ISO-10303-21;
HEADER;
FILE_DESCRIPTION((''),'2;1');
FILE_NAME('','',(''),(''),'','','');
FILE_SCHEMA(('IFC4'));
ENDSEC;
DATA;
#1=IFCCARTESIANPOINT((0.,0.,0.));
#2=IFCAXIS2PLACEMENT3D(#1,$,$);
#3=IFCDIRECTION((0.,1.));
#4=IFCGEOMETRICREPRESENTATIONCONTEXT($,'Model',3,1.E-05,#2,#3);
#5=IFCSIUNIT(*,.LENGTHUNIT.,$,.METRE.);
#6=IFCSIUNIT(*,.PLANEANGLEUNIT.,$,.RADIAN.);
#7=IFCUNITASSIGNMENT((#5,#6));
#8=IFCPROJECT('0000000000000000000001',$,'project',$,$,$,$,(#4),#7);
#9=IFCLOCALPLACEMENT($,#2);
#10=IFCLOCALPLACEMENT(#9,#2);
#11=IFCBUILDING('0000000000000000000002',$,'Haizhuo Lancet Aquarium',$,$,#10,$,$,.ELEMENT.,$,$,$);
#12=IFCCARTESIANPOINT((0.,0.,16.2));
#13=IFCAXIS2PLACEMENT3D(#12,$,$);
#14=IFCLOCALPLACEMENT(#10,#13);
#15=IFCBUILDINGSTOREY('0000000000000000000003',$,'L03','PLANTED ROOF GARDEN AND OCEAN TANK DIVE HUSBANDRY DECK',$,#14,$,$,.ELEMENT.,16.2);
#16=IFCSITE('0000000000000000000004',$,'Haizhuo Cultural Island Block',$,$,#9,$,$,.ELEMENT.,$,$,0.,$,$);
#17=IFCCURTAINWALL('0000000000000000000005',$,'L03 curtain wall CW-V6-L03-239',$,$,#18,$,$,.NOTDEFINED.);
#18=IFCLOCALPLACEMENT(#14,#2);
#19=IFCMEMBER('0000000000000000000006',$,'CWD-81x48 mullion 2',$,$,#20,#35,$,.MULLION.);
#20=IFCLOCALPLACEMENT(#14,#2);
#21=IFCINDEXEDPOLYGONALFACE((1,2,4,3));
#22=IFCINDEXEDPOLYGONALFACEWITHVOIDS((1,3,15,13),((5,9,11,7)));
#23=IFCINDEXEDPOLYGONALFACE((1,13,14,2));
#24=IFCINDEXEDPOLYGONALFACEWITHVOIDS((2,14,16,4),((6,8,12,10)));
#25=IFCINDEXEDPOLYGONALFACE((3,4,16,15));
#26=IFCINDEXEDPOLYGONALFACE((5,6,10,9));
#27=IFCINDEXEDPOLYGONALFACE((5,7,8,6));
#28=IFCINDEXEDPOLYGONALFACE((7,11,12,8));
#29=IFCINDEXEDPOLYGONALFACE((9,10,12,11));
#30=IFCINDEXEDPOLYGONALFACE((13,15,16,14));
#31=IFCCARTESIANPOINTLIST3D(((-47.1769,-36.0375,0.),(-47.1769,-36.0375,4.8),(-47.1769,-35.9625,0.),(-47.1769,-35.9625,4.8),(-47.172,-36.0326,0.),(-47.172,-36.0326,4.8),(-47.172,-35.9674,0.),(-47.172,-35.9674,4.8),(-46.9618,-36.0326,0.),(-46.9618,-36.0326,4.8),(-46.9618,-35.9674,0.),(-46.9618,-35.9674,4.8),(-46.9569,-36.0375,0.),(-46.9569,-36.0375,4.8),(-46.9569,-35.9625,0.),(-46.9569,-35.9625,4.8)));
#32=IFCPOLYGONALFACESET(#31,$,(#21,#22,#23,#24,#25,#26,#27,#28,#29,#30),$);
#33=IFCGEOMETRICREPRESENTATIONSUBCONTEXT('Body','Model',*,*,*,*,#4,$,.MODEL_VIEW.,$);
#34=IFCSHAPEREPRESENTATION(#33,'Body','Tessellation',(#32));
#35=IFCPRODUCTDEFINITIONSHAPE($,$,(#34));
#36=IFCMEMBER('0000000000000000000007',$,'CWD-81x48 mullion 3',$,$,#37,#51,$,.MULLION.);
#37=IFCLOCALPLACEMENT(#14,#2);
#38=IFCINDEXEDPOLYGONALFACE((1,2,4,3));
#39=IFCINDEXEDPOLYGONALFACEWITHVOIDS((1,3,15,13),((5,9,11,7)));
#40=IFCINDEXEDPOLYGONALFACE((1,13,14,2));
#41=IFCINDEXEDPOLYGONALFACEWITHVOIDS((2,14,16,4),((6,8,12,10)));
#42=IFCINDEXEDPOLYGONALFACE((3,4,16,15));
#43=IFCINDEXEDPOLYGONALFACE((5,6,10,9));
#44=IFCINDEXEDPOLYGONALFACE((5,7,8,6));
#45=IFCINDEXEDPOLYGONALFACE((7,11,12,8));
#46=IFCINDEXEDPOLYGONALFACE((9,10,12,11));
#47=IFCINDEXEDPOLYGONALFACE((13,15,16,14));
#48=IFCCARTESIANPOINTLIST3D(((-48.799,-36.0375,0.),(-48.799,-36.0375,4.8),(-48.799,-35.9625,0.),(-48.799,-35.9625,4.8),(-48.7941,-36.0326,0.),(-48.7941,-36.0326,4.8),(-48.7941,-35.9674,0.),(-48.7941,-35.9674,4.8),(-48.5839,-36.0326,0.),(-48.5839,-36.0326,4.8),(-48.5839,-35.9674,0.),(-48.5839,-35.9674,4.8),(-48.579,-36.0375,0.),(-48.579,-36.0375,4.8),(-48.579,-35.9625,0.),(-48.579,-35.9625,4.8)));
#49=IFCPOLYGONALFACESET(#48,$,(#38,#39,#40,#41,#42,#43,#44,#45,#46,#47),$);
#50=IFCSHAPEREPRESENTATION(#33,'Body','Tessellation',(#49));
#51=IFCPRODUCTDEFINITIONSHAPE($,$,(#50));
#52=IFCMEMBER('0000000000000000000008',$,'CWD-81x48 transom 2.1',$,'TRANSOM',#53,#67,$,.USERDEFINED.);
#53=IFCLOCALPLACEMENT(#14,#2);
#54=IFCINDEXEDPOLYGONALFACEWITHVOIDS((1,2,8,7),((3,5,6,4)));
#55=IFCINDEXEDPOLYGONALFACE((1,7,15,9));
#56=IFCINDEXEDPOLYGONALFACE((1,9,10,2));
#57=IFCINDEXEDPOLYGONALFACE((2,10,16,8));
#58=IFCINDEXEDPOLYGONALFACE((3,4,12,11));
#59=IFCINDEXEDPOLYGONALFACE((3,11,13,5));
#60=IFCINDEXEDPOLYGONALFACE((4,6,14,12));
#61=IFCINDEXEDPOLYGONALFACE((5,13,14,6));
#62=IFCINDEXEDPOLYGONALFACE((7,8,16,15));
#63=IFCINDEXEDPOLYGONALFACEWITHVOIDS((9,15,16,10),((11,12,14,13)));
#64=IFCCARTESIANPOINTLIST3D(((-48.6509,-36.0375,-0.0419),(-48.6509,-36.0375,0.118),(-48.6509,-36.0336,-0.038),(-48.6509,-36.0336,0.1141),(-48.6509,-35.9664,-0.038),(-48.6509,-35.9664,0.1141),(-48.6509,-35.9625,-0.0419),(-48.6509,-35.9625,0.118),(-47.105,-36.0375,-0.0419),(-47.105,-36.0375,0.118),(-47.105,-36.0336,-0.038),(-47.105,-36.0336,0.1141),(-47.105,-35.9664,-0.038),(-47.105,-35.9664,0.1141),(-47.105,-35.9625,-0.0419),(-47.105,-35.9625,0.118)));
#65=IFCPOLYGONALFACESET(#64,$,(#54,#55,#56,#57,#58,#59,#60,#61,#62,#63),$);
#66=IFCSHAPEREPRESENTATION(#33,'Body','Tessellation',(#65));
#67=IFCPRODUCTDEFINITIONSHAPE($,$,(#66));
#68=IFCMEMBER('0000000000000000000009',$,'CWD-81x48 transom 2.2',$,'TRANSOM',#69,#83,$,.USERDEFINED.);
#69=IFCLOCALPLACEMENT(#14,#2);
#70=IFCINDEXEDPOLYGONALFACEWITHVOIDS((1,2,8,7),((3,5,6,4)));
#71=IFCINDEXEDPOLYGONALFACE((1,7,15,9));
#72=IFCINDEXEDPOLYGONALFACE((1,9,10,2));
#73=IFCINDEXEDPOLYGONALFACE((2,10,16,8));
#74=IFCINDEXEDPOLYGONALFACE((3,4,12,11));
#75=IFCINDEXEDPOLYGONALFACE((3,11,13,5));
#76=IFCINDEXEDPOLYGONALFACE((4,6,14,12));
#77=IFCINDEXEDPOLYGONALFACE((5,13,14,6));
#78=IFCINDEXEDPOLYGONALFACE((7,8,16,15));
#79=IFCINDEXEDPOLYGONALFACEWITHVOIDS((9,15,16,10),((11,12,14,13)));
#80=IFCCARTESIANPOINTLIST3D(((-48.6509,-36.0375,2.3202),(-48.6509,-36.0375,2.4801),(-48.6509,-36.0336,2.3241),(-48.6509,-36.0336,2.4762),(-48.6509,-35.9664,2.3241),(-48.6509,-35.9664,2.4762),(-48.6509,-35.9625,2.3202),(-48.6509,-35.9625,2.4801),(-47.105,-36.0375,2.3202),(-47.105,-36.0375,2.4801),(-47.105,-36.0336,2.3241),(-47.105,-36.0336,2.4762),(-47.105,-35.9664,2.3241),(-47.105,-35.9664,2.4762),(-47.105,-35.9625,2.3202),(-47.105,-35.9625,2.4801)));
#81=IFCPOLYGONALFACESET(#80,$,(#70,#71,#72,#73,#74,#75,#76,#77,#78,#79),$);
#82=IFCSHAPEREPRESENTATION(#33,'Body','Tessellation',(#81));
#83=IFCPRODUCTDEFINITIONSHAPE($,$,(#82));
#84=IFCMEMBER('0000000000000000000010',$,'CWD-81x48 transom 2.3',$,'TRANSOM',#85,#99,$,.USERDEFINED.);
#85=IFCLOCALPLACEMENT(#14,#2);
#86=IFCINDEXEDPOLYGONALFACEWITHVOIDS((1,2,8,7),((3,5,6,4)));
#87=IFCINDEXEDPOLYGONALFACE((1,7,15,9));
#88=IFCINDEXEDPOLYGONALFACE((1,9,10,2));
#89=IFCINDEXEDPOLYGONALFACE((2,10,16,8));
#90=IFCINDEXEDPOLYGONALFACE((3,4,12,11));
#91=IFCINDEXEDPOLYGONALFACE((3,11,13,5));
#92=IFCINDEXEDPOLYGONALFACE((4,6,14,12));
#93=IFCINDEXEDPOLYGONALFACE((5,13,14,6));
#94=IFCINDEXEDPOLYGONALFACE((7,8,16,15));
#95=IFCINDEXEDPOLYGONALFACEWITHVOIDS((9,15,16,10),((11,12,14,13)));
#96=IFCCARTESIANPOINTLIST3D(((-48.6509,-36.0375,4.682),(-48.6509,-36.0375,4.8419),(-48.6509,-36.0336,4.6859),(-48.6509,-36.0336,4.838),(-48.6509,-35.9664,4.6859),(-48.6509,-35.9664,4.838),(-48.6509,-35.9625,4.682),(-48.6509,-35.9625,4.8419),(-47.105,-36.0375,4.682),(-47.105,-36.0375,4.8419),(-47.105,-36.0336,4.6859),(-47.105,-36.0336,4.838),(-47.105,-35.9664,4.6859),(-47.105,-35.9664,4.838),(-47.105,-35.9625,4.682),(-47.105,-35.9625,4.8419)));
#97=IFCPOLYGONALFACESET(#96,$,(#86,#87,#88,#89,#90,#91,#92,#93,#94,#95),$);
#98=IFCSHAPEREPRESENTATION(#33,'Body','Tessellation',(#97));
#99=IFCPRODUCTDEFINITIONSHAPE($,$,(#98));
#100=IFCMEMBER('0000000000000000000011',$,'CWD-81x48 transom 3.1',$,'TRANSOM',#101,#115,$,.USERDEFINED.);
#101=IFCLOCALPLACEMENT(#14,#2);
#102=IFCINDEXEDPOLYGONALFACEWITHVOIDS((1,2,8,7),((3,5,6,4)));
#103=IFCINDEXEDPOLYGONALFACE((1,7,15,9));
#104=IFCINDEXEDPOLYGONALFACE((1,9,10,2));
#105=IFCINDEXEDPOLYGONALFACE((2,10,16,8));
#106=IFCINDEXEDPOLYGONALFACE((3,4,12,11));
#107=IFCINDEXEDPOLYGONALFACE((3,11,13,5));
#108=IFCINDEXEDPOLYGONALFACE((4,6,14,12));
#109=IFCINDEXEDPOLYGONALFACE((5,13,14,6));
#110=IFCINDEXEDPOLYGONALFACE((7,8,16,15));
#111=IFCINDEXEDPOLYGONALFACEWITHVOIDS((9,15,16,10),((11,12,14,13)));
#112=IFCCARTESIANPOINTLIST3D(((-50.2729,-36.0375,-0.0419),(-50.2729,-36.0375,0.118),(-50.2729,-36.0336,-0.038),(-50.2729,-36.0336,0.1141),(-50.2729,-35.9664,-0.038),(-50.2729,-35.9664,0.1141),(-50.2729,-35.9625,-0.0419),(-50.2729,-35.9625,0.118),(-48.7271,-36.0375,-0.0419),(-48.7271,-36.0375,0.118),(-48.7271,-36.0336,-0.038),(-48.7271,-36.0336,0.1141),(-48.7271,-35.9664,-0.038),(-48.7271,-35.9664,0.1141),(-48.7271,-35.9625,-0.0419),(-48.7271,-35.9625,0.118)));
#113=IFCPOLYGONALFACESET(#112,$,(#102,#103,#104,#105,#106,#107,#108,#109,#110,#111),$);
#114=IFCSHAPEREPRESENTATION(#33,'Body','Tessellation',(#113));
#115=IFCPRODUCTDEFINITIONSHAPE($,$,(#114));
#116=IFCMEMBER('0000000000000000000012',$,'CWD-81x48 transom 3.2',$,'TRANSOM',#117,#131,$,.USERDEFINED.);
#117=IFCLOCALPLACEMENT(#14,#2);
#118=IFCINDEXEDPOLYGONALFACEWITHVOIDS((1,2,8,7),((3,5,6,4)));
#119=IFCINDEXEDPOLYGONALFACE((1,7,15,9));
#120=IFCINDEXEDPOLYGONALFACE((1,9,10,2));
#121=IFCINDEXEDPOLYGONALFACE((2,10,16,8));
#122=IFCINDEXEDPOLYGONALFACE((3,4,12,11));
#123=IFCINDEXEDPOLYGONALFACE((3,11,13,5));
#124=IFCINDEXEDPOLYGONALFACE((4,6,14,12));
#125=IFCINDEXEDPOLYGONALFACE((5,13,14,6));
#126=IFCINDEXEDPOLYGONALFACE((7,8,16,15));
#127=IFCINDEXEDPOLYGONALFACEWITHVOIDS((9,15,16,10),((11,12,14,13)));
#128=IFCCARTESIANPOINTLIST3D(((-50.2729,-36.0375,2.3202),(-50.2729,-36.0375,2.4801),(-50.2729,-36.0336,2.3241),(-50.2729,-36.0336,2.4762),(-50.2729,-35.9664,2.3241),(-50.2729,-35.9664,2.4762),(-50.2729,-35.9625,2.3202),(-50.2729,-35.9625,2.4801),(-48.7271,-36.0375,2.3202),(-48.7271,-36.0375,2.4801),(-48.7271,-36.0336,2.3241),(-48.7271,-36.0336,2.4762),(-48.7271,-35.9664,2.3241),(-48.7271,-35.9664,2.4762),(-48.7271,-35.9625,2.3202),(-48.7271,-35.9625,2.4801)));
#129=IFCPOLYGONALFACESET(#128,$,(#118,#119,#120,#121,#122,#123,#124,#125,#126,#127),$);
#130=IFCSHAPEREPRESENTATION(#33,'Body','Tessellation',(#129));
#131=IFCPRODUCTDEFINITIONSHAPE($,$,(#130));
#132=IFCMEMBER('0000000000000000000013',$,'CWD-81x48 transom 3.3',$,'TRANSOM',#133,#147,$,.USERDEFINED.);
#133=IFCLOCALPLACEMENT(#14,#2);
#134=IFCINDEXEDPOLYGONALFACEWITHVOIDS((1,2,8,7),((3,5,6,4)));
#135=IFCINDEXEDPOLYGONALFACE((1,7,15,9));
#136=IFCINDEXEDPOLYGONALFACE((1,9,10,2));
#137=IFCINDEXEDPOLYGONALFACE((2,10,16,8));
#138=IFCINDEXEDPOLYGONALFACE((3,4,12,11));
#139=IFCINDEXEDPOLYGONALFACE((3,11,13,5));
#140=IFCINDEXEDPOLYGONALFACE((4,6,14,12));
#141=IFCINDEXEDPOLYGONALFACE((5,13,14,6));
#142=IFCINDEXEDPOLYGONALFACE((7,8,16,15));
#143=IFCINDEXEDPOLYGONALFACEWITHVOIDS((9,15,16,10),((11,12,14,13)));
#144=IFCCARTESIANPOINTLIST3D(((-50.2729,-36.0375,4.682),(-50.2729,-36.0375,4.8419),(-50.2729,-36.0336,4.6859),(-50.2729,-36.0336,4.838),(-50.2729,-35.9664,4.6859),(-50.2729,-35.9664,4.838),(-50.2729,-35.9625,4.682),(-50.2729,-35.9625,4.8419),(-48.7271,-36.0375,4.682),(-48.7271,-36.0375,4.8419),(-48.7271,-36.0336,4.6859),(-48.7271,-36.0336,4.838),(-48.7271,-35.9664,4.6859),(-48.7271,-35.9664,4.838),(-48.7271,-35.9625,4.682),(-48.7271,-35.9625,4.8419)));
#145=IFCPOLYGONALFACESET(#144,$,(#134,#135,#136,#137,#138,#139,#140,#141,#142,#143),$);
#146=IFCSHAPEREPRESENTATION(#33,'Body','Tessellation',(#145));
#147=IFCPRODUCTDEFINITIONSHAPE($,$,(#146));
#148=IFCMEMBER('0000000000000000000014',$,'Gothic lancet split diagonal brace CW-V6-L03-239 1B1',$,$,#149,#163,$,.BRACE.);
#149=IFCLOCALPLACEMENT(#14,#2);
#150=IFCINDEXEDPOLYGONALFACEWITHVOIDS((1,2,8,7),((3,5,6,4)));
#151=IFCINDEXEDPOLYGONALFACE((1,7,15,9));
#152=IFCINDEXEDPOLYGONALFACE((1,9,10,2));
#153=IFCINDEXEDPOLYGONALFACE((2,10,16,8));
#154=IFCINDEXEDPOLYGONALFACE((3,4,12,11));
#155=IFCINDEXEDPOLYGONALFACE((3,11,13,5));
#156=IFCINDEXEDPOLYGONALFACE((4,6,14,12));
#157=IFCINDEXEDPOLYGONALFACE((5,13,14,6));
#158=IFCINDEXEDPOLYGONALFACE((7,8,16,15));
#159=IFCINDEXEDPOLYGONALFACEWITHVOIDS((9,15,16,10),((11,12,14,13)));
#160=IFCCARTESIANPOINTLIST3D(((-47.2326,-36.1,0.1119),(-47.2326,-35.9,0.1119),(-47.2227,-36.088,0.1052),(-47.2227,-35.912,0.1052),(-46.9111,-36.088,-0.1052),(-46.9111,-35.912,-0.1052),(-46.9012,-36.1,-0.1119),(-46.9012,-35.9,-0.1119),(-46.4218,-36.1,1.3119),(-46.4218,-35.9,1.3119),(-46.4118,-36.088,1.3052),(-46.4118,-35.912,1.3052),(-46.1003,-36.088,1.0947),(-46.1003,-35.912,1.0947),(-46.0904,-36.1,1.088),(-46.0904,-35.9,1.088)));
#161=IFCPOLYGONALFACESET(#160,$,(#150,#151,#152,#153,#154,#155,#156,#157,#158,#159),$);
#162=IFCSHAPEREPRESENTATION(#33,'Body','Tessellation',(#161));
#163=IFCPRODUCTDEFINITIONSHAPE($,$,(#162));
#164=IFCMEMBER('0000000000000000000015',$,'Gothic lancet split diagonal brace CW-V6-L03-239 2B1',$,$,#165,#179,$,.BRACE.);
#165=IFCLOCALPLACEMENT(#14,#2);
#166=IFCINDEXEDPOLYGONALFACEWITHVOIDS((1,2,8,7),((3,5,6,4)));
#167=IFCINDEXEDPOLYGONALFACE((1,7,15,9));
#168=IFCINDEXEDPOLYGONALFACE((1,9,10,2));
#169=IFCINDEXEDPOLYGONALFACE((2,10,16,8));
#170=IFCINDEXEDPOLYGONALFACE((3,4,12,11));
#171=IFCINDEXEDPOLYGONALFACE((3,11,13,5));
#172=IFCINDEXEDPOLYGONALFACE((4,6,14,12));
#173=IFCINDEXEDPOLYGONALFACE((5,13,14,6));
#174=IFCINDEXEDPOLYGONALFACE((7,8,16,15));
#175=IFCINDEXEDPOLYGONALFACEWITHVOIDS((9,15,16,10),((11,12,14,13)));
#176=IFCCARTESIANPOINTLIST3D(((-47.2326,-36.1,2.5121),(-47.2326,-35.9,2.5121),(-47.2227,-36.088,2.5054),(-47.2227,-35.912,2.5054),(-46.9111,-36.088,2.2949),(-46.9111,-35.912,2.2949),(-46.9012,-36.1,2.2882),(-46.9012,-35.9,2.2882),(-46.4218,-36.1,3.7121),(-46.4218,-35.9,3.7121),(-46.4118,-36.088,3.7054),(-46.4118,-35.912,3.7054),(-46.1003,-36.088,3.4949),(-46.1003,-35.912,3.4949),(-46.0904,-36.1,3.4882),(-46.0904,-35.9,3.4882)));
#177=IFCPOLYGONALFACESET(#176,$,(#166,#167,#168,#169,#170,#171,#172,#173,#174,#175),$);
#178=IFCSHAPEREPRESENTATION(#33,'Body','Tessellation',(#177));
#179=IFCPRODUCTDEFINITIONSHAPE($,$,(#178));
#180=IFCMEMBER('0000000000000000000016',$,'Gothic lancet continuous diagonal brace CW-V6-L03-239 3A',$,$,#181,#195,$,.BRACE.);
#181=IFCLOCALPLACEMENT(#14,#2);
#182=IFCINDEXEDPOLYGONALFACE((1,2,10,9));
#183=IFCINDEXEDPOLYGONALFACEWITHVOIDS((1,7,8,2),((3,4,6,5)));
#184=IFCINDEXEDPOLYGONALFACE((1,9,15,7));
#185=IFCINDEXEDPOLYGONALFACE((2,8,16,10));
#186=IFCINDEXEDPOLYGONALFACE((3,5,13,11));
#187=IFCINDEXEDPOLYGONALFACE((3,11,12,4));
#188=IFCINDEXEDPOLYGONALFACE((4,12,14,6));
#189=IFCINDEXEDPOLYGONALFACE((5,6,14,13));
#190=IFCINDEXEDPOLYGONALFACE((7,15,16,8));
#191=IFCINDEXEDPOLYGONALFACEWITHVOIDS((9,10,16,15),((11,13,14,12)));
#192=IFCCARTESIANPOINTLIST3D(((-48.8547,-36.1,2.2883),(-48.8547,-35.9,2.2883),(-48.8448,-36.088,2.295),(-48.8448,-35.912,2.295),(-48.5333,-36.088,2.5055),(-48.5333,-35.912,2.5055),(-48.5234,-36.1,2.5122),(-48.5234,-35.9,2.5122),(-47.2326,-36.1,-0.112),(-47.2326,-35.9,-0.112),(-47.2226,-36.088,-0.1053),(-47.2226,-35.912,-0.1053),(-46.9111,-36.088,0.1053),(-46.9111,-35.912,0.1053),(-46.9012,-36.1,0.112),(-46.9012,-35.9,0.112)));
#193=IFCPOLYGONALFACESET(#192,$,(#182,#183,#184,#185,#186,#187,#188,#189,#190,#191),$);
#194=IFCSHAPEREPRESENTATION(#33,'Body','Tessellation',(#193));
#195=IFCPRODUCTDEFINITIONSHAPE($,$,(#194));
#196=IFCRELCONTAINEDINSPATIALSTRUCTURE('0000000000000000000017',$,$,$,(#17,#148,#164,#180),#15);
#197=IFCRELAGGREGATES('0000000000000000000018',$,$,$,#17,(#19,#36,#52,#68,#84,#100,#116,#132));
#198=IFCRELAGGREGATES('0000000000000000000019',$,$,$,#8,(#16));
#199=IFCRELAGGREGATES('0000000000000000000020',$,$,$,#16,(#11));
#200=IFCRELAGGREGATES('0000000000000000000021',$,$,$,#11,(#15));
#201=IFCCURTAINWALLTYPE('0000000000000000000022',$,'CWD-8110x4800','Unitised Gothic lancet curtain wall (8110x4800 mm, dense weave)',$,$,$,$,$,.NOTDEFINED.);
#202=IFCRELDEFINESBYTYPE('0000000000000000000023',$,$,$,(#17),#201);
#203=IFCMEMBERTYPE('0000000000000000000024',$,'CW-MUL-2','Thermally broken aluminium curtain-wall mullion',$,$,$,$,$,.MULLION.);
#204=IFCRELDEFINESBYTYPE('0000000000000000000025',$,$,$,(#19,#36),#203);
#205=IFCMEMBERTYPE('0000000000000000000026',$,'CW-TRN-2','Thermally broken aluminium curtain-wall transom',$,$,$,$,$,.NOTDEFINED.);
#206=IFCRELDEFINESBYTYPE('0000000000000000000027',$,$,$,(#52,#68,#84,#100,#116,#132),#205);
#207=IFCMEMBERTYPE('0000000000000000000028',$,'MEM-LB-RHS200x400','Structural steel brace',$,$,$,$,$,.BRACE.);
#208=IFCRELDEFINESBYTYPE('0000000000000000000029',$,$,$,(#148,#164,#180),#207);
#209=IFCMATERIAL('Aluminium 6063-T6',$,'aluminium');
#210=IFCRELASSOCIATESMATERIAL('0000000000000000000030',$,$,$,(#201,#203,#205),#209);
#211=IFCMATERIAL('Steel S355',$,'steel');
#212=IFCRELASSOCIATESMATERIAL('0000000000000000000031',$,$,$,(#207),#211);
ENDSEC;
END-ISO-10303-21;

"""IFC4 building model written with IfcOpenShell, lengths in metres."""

from ifc_helpers import new_model, si_unit, direction, frame, origin, origin_2d, place, context, subcontext, project, spatial, hollow_rectangle, extrude, material, material_profile, profile_set, type_object, element, aggregate, save


model = new_model("IFC4")

# Units and contexts
model_context = context("Model", 3, precision=1e-05, world=origin(), true_north=direction((0.0, 1.0)))
body_context = subcontext(model_context, "Body", "Model", "MODEL_VIEW")
ifc_project = project(units=[si_unit("LENGTHUNIT", "METRE"), si_unit("PLANEANGLEUNIT", "RADIAN")], contexts=[model_context])

# Site, building, storey
site_placement = place(None, origin())
site = spatial("IfcSite", under=ifc_project, at=site_placement, Name="Haizhuo Cultural Island Block", CompositionType="ELEMENT", RefElevation=0.0)
building_placement = place(site_placement, origin())
building = spatial("IfcBuilding", under=site, at=building_placement, Name="Haizhuo Lancet Aquarium", CompositionType="ELEMENT")
storey_placement = place(building_placement, frame((0.0, 0.0, 16.2)))
storey = spatial("IfcBuildingStorey", under=building, at=storey_placement, Name="L03", Description="PLANTED ROOF GARDEN AND OCEAN TANK DIVE HUSBANDRY DECK", CompositionType="ELEMENT", Elevation=16.2)

# Curtain wall, members
ifc_material_1 = material(Name="Aluminium 6063-T6", Category="aluminium")
curtain_wall_type = type_object("IfcCurtainWallType", Name="CWD-8110x4800", Description="Unitised Gothic lancet curtain wall (8110x4800 mm, dense weave)", PredefinedType="NOTDEFINED", material=ifc_material_1)
curtain_wall_placement = place(storey_placement, origin())
curtain_wall = element("IfcCurtainWall", 1, at=curtain_wall_placement, inside=storey, type_object=curtain_wall_type, Name="L03 curtain wall CW-V6-L03-239", PredefinedType="NOTDEFINED")
ifc_material_profile_1 = material_profile(ifc_material_1, hollow_rectangle(XDim=0.075, YDim=0.22, WallThickness=0.0049, at=origin_2d()), Name="ALU-M 75x220x5")
ifc_profile_set_1 = profile_set([ifc_material_profile_1], Name="Aluminium 6063-T6")
member_type_1 = type_object("IfcMemberType", Name="CW-MUL-2", Description="Thermally broken aluminium curtain-wall mullion", PredefinedType="MULLION", material=ifc_profile_set_1)
member_1_placement = place(storey_placement, frame((-47.0669, -36.0, 0.0), z_axis=(0.0, 0.0, 1.0), x_axis=(0.0, -1.0, 0.0)))
member_1 = element("IfcMember", 2, at=member_1_placement, type_object=member_type_1, Name="CWD-81x48 mullion 2", PredefinedType="MULLION", context=body_context, shape_type="SweptSolid", body=[
    extrude(hollow_rectangle(XDim=0.075, YDim=0.22, WallThickness=0.0049, at=origin_2d()), origin(), (0.0, 0.0, 1.0), 4.8),
])
member_2_placement = place(storey_placement, frame((-48.689, -36.0, 0.0), z_axis=(0.0, 0.0, 1.0), x_axis=(0.0, -1.0, 0.0)))
member_2 = element("IfcMember", 3, at=member_2_placement, type_object=member_type_1, Name="CWD-81x48 mullion 3", PredefinedType="MULLION", context=body_context, shape_type="SweptSolid", body=[
    extrude(hollow_rectangle(XDim=0.075, YDim=0.22, WallThickness=0.0049, at=origin_2d()), origin(), (0.0, 0.0, 1.0), 4.8),
])
ifc_material_profile_2 = material_profile(ifc_material_1, hollow_rectangle(XDim=0.075, YDim=0.1599, WallThickness=0.0039, at=origin_2d()), Name="ALU-T 75x160x4")
ifc_profile_set_2 = profile_set([ifc_material_profile_2], Name="Aluminium 6063-T6")
member_type_2 = type_object("IfcMemberType", Name="CW-TRN-2", Description="Thermally broken aluminium curtain-wall transom", PredefinedType="NOTDEFINED", material=ifc_profile_set_2)
member_3_placement = place(storey_placement, frame((-47.105, -36.0, 0.0381), z_axis=(-1.0, 0.0, 0.0), x_axis=(0.0, -1.0, 0.0)))
member_3 = element("IfcMember", 4, at=member_3_placement, type_object=member_type_2, Name="CWD-81x48 transom 2.1", ObjectType="TRANSOM", PredefinedType="USERDEFINED", context=body_context, shape_type="SweptSolid", body=[
    extrude(hollow_rectangle(XDim=0.075, YDim=0.1599, WallThickness=0.0039, at=origin_2d()), origin(), (0.0, 0.0, 1.0), 1.5459),
])
member_4_placement = place(storey_placement, frame((-47.105, -36.0, 2.4001), z_axis=(-1.0, 0.0, 0.0), x_axis=(0.0, -1.0, 0.0)))
member_4 = element("IfcMember", 5, at=member_4_placement, type_object=member_type_2, Name="CWD-81x48 transom 2.2", ObjectType="TRANSOM", PredefinedType="USERDEFINED", context=body_context, shape_type="SweptSolid", body=[
    extrude(hollow_rectangle(XDim=0.075, YDim=0.1599, WallThickness=0.0039, at=origin_2d()), origin(), (0.0, 0.0, 1.0), 1.5459),
])
member_5_placement = place(storey_placement, frame((-47.105, -36.0, 4.762), z_axis=(-1.0, 0.0, 0.0), x_axis=(0.0, -1.0, 0.0)))
member_5 = element("IfcMember", 6, at=member_5_placement, type_object=member_type_2, Name="CWD-81x48 transom 2.3", ObjectType="TRANSOM", PredefinedType="USERDEFINED", context=body_context, shape_type="SweptSolid", body=[
    extrude(hollow_rectangle(XDim=0.075, YDim=0.1599, WallThickness=0.0039, at=origin_2d()), origin(), (0.0, 0.0, 1.0), 1.5459),
])
member_6_placement = place(storey_placement, frame((-48.7271, -36.0, 0.0381), z_axis=(-1.0, 0.0, 0.0), x_axis=(0.0, -1.0, 0.0)))
member_6 = element("IfcMember", 7, at=member_6_placement, type_object=member_type_2, Name="CWD-81x48 transom 3.1", ObjectType="TRANSOM", PredefinedType="USERDEFINED", context=body_context, shape_type="SweptSolid", body=[
    extrude(hollow_rectangle(XDim=0.075, YDim=0.1599, WallThickness=0.0039, at=origin_2d()), origin(), (0.0, 0.0, 1.0), 1.5459),
])
member_7_placement = place(storey_placement, frame((-48.7271, -36.0, 2.4001), z_axis=(-1.0, 0.0, 0.0), x_axis=(0.0, -1.0, 0.0)))
member_7 = element("IfcMember", 8, at=member_7_placement, type_object=member_type_2, Name="CWD-81x48 transom 3.2", ObjectType="TRANSOM", PredefinedType="USERDEFINED", context=body_context, shape_type="SweptSolid", body=[
    extrude(hollow_rectangle(XDim=0.075, YDim=0.1599, WallThickness=0.0039, at=origin_2d()), origin(), (0.0, 0.0, 1.0), 1.5459),
])
member_8_placement = place(storey_placement, frame((-48.7271, -36.0, 4.762), z_axis=(-1.0, 0.0, 0.0), x_axis=(0.0, -1.0, 0.0)))
member_8 = element("IfcMember", 9, at=member_8_placement, type_object=member_type_2, Name="CWD-81x48 transom 3.3", ObjectType="TRANSOM", PredefinedType="USERDEFINED", context=body_context, shape_type="SweptSolid", body=[
    extrude(hollow_rectangle(XDim=0.075, YDim=0.1599, WallThickness=0.0039, at=origin_2d()), origin(), (0.0, 0.0, 1.0), 1.5459),
])

# Members
ifc_material_2 = material(Name="Steel S355", Category="steel")
ifc_material_profile_3 = material_profile(ifc_material_2, hollow_rectangle(XDim=0.2, YDim=0.3999, WallThickness=0.012, at=origin_2d()), Name="RHS 200x400x12")
ifc_profile_set_3 = profile_set([ifc_material_profile_3], Name="Steel S355")
member_type_3 = type_object("IfcMemberType", Name="MEM-LB-RHS200x400", Description="Structural steel brace", PredefinedType="BRACE", material=ifc_profile_set_3)
for number, where, z_axis, x_axis, name in (
    (10, (-47.0669, -36.0, 0.0), (0.559864, 0.0, 0.828585), (0.0, 1.0, 0.0), "Gothic lancet split diagonal brace CW-V6-L03-239 1B1"),
    (11, (-47.0669, -36.0, 2.4001), (0.559864, 0.0, 0.828585), (0.0, 1.0, 0.0), "Gothic lancet split diagonal brace CW-V6-L03-239 2B1"),
):
    element("IfcMember", number, at=place(storey_placement, frame(where, z_axis=z_axis, x_axis=x_axis)), inside=storey, type_object=member_type_3, Name=name, PredefinedType="BRACE", context=body_context, shape_type="SweptSolid", body=[
        extrude(hollow_rectangle(XDim=0.2, YDim=0.3999, WallThickness=0.012, at=origin_2d()), origin(), (0.0, 0.0, 1.0), 1.4482),
    ])
member_9_placement = place(storey_placement, frame((-47.0669, -36.0, 0.0), z_axis=(-0.55994, 0.0, 0.828533), x_axis=(0.0, -1.0, 0.0)))
element("IfcMember", 12, at=member_9_placement, inside=storey, type_object=member_type_3, Name="Gothic lancet continuous diagonal brace CW-V6-L03-239 3A", PredefinedType="BRACE", context=body_context, shape_type="SweptSolid", body=[
    extrude(hollow_rectangle(XDim=0.2, YDim=0.3999, WallThickness=0.012, at=origin_2d()), origin(), (0.0, 0.0, 1.0), 2.897),
])

aggregate(curtain_wall, [member_1, member_2, member_3, member_4, member_5, member_6, member_7, member_8])

save(model, "model.ifc")
